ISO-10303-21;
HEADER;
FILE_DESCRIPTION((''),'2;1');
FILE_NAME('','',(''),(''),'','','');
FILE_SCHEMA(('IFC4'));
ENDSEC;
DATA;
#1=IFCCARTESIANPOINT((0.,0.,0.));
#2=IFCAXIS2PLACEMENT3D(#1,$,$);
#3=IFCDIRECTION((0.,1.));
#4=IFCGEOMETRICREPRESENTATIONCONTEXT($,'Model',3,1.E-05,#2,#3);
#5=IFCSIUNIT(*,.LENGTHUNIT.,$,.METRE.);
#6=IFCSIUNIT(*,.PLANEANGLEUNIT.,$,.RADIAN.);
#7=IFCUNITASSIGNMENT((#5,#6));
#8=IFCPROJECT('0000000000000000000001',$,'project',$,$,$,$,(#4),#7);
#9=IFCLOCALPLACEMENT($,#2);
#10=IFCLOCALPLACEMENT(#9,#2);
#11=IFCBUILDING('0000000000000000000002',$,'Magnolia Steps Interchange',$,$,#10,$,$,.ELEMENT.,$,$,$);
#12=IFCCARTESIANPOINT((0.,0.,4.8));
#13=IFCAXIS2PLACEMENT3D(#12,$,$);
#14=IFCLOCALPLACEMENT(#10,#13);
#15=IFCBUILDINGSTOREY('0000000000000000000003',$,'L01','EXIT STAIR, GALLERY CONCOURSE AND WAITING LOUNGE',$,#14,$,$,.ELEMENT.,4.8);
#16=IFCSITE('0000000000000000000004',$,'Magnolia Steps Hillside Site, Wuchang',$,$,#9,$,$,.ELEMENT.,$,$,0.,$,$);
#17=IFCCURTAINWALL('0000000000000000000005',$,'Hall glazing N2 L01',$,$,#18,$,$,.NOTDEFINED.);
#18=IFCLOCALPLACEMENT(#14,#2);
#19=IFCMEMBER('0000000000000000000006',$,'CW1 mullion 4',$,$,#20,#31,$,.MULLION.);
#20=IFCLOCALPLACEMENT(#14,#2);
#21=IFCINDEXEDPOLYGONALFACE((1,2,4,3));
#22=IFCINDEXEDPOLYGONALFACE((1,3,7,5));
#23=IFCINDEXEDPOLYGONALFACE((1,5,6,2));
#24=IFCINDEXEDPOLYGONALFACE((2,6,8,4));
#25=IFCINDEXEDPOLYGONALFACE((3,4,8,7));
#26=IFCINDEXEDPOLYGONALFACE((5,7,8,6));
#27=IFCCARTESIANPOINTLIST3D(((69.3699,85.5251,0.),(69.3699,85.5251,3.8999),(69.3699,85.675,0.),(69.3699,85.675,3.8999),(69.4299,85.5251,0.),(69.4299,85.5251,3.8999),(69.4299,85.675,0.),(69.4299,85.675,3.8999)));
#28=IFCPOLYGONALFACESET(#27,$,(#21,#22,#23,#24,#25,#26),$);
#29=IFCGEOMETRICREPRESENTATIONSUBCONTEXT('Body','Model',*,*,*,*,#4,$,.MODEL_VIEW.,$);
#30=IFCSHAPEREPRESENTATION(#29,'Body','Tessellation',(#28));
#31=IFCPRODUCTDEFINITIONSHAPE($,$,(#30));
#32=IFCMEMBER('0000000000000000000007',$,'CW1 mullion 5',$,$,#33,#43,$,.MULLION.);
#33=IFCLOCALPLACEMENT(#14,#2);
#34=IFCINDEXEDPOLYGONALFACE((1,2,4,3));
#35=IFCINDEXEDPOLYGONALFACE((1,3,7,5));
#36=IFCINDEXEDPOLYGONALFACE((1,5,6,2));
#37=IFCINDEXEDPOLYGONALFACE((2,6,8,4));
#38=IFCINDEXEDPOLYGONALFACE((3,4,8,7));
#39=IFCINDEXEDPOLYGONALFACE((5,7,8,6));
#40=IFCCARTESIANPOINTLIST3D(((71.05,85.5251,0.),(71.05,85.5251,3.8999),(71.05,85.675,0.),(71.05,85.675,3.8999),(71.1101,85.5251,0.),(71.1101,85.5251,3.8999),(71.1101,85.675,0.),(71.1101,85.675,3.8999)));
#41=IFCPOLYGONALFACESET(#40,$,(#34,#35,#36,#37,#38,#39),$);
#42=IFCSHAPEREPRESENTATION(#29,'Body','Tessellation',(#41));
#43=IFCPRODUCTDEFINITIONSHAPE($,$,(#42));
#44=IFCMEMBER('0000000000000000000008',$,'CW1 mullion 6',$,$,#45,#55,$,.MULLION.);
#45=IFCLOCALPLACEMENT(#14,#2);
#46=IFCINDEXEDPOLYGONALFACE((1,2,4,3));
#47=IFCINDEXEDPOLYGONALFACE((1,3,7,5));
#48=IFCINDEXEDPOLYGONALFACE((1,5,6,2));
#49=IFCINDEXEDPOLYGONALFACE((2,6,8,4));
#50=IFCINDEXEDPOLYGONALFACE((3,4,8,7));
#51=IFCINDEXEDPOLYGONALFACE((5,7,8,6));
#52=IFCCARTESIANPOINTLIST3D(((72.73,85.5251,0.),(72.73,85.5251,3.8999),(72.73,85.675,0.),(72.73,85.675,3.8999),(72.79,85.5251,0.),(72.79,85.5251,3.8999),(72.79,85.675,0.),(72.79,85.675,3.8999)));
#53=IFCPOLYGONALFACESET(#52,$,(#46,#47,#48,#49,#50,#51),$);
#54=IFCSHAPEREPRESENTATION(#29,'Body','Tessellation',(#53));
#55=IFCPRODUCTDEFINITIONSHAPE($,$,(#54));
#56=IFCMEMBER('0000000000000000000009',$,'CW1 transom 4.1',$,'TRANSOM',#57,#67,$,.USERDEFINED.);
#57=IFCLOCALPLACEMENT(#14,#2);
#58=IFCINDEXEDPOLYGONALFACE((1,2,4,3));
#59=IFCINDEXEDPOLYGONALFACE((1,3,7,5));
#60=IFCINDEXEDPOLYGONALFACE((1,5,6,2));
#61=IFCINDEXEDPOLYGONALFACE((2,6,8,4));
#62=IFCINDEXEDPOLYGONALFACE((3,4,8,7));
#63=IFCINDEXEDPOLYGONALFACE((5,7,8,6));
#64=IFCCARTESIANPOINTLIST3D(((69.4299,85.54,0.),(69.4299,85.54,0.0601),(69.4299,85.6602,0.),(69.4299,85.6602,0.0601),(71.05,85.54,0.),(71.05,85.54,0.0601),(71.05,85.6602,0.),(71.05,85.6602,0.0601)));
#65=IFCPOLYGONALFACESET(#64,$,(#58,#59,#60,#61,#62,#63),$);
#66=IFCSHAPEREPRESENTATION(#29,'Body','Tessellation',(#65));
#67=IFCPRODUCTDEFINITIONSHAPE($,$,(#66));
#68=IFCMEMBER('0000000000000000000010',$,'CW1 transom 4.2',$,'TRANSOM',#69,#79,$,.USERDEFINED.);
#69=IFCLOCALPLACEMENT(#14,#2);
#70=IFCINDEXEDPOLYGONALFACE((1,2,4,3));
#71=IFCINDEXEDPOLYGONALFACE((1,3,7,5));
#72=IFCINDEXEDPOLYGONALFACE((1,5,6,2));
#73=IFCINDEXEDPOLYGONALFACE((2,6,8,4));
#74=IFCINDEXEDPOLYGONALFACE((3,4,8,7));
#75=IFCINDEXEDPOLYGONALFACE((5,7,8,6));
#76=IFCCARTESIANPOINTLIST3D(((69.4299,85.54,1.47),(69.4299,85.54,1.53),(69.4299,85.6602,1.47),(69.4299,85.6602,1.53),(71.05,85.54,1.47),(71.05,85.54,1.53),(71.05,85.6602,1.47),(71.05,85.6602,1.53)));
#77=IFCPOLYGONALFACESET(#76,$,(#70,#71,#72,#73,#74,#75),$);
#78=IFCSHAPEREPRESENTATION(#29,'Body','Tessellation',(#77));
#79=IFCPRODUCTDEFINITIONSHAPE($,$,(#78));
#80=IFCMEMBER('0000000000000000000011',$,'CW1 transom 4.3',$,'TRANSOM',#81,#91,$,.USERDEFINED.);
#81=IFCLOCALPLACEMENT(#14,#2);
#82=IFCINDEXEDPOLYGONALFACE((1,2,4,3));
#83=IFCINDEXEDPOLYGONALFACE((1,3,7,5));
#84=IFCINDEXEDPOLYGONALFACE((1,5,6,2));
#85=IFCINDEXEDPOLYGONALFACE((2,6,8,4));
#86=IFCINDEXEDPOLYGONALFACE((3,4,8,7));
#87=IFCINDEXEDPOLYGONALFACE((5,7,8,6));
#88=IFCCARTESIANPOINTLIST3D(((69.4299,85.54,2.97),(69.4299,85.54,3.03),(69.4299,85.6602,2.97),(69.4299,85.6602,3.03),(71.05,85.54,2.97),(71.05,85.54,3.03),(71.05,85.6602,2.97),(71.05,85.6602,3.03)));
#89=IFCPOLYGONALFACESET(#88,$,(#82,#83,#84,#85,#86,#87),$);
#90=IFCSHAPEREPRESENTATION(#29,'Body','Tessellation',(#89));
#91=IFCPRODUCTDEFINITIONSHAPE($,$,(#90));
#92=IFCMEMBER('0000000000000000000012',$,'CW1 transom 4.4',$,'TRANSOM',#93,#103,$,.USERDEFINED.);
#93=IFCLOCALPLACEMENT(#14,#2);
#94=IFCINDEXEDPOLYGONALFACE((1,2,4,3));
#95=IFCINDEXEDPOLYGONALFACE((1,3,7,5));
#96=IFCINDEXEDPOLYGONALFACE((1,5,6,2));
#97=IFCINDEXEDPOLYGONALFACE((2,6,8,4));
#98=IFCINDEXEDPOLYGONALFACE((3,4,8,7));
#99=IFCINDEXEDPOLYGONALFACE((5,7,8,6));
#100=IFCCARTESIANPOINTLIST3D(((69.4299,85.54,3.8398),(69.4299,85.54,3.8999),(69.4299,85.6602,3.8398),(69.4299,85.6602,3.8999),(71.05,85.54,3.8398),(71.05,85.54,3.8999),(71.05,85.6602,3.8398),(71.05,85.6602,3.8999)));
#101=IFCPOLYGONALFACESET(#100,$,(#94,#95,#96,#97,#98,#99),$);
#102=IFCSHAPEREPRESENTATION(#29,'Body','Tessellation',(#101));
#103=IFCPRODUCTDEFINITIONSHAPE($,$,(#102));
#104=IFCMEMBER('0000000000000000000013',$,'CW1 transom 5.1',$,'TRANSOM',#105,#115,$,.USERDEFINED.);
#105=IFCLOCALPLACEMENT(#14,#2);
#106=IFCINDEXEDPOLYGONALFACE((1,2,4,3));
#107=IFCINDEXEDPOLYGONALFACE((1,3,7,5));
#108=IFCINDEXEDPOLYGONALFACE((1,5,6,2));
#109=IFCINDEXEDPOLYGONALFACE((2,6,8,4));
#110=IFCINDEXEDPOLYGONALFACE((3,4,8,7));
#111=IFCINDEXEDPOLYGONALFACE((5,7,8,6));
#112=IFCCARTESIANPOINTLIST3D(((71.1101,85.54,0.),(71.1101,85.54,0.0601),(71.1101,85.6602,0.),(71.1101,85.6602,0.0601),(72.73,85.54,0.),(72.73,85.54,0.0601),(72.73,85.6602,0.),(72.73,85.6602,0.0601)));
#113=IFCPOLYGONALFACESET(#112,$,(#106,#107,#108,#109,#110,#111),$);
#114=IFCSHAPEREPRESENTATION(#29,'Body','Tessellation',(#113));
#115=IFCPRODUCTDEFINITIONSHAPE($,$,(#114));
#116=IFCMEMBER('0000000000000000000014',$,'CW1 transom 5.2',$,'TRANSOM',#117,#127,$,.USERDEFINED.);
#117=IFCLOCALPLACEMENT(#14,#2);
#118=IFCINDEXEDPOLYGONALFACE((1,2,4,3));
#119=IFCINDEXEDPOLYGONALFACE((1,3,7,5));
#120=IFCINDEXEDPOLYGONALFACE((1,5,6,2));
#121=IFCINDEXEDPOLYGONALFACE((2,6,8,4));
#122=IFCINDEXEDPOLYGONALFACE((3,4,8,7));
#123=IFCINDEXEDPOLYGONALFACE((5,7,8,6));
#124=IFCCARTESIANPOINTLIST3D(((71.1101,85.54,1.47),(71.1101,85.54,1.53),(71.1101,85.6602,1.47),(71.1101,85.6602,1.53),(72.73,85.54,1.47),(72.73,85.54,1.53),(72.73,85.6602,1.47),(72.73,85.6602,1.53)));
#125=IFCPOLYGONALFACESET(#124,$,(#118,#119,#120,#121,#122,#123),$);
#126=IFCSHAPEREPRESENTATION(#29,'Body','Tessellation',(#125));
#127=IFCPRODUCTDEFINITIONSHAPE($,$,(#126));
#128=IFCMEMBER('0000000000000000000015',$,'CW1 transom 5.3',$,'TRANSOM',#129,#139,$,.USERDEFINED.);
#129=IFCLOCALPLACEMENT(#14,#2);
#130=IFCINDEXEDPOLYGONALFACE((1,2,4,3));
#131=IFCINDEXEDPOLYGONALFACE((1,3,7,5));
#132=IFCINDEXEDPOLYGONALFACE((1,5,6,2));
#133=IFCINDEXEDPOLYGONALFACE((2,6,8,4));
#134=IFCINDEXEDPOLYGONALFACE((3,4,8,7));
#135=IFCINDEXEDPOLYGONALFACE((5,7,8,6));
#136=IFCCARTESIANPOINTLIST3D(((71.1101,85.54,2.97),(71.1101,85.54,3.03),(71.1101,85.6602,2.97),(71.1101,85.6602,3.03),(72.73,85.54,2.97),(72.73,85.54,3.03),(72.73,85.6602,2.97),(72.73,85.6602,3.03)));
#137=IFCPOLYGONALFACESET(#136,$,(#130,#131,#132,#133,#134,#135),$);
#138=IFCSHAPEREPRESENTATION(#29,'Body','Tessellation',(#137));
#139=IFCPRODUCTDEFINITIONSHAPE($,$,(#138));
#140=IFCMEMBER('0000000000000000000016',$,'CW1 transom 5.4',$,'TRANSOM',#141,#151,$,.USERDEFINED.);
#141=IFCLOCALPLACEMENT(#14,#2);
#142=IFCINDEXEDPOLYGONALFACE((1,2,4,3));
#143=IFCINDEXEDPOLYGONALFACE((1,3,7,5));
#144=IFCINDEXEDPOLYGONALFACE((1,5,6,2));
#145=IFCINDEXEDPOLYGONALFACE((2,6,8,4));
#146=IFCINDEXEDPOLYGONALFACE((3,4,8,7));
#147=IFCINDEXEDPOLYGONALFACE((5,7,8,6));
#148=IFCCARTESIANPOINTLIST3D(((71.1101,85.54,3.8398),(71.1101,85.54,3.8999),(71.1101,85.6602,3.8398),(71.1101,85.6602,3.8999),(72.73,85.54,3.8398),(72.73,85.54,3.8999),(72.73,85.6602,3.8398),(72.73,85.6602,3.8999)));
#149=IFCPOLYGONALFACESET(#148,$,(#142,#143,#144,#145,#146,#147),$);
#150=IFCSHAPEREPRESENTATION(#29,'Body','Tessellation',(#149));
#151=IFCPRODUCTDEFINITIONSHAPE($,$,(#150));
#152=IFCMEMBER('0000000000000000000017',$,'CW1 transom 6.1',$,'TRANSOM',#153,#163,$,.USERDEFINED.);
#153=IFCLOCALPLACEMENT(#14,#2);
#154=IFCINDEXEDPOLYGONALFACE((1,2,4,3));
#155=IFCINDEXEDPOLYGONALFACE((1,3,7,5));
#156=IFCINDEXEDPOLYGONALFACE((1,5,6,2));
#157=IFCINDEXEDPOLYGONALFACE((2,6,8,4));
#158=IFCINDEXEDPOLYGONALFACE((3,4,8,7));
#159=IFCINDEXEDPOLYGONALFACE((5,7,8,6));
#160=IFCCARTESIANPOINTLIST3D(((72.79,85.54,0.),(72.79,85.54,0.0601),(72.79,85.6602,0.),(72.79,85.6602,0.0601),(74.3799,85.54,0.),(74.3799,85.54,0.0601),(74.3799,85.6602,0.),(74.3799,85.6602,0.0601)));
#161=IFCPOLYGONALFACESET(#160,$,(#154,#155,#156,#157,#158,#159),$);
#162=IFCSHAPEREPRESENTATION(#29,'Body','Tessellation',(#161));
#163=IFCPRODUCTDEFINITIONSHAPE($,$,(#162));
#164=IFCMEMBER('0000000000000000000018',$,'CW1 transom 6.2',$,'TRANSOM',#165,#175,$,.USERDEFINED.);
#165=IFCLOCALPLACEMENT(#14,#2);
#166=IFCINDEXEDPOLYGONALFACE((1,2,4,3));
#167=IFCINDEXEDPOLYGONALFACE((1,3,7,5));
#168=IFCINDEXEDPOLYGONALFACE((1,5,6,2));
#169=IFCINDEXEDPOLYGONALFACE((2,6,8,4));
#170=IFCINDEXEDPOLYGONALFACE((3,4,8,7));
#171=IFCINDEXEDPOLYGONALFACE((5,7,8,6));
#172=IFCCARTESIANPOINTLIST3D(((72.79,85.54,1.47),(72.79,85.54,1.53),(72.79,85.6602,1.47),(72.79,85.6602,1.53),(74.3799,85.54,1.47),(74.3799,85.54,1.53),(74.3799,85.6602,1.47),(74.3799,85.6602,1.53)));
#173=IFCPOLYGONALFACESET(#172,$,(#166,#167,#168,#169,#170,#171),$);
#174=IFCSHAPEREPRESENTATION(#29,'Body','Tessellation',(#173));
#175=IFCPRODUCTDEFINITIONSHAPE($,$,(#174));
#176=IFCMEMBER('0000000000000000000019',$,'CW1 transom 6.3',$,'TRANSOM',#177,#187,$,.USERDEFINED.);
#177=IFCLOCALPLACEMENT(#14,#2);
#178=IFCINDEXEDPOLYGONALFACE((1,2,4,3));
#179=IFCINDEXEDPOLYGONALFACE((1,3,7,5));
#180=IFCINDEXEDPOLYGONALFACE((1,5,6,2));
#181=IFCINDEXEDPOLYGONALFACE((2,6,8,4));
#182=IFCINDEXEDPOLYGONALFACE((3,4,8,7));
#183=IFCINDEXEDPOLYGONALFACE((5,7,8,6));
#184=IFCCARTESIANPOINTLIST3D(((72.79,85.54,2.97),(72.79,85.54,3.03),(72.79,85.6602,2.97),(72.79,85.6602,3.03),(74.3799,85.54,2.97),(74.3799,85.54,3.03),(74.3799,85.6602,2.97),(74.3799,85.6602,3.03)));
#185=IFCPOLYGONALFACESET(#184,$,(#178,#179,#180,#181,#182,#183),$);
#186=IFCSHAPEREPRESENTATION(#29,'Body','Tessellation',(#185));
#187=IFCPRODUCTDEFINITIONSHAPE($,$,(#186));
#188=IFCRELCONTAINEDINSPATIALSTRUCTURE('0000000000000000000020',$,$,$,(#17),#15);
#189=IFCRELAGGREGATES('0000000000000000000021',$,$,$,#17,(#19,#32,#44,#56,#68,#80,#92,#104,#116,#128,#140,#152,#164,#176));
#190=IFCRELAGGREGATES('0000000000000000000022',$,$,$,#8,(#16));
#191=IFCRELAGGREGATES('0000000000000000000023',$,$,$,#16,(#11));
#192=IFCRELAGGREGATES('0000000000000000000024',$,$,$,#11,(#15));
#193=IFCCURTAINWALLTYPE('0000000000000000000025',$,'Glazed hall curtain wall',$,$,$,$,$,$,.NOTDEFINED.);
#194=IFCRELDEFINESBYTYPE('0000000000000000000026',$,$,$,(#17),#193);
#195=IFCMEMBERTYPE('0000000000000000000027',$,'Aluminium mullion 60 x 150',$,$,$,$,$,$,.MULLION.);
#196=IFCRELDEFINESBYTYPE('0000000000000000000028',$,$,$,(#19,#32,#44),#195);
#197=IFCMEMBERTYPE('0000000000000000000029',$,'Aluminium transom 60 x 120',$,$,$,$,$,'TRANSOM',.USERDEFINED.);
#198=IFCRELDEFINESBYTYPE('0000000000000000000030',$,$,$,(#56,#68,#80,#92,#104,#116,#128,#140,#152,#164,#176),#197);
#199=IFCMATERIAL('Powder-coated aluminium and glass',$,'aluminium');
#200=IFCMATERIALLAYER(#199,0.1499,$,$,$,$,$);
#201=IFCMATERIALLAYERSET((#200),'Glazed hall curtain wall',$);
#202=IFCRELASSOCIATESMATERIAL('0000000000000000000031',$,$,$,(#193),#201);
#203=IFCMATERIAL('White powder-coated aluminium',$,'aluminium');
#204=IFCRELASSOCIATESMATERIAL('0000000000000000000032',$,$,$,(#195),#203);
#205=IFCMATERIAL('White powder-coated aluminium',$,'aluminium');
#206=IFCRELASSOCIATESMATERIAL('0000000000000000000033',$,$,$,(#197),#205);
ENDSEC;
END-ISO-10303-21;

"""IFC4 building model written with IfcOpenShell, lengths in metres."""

from ifc_helpers import new_model, si_unit, direction, frame, origin, origin_2d, place, context, subcontext, project, spatial, rectangle, extrude, material, layer, layer_set, material_profile, profile_set, type_object, element, aggregate, save


model = new_model("IFC4")

# Units and contexts
model_context = context("Model", 3, precision=1e-05, world=origin(), true_north=direction((0.0, 1.0)))
body_context = subcontext(model_context, "Body", "Model", "MODEL_VIEW")
ifc_project = project(units=[si_unit("LENGTHUNIT", "METRE"), si_unit("PLANEANGLEUNIT", "RADIAN")], contexts=[model_context])

# Site, building, storey
site_placement = place(None, origin())
site = spatial("IfcSite", under=ifc_project, at=site_placement, Name="Magnolia Steps Hillside Site, Wuchang", CompositionType="ELEMENT", RefElevation=0.0)
building_placement = place(site_placement, origin())
building = spatial("IfcBuilding", under=site, at=building_placement, Name="Magnolia Steps Interchange", CompositionType="ELEMENT")
storey_placement = place(building_placement, frame((0.0, 0.0, 4.8)))
storey = spatial("IfcBuildingStorey", under=building, at=storey_placement, Name="L01", Description="EXIT STAIR, GALLERY CONCOURSE AND WAITING LOUNGE", CompositionType="ELEMENT", Elevation=4.8)

# Curtain wall, members
ifc_material_1 = material(Name="Powder-coated aluminium and glass", Category="aluminium")
ifc_layer_1 = layer(ifc_material_1, 0.1499)
ifc_layer_set_1 = layer_set([ifc_layer_1], Name="Glazed hall curtain wall")
curtain_wall_type = type_object("IfcCurtainWallType", Name="Glazed hall curtain wall", PredefinedType="NOTDEFINED", material=ifc_layer_set_1)
curtain_wall_placement = place(storey_placement, origin())
curtain_wall = element("IfcCurtainWall", 1, at=curtain_wall_placement, inside=storey, type_object=curtain_wall_type, Name="Hall glazing N2 L01", PredefinedType="NOTDEFINED")
ifc_material_2 = material(Name="White powder-coated aluminium", Category="aluminium")
ifc_material_profile_1 = material_profile(ifc_material_2, rectangle(XDim=0.0601, YDim=0.1499, at=origin_2d()), Name="Aluminium mullion 60 x 150")
ifc_profile_set_1 = profile_set([ifc_material_profile_1], Name="White powder-coated aluminium")
member_type_1 = type_object("IfcMemberType", Name="Aluminium mullion 60 x 150", PredefinedType="MULLION", material=ifc_profile_set_1)
member_1_placement = place(storey_placement, frame((69.3999, 85.6001, 0.0), z_axis=(0.0, 0.0, 1.0), x_axis=(1.0, 0.0, 0.0)))
member_1 = element("IfcMember", 2, at=member_1_placement, type_object=member_type_1, Name="CW1 mullion 4", PredefinedType="MULLION", context=body_context, shape_type="SweptSolid", body=[
    extrude(rectangle(XDim=0.0601, YDim=0.1499, at=origin_2d()), origin(), (0.0, 0.0, 1.0), 3.8999),
])
member_2_placement = place(storey_placement, frame((71.0801, 85.6001, 0.0), z_axis=(0.0, 0.0, 1.0), x_axis=(1.0, 0.0, 0.0)))
member_2 = element("IfcMember", 3, at=member_2_placement, type_object=member_type_1, Name="CW1 mullion 5", PredefinedType="MULLION", context=body_context, shape_type="SweptSolid", body=[
    extrude(rectangle(XDim=0.0601, YDim=0.1499, at=origin_2d()), origin(), (0.0, 0.0, 1.0), 3.8999),
])
member_3_placement = place(storey_placement, frame((72.76, 85.6001, 0.0), z_axis=(0.0, 0.0, 1.0), x_axis=(1.0, 0.0, 0.0)))
member_3 = element("IfcMember", 4, at=member_3_placement, type_object=member_type_1, Name="CW1 mullion 6", PredefinedType="MULLION", context=body_context, shape_type="SweptSolid", body=[
    extrude(rectangle(XDim=0.0601, YDim=0.1499, at=origin_2d()), origin(), (0.0, 0.0, 1.0), 3.8999),
])
ifc_material_3 = material(Name="White powder-coated aluminium", Category="aluminium")
ifc_material_profile_2 = material_profile(ifc_material_3, rectangle(XDim=0.0601, YDim=0.1201, at=origin_2d()), Name="Aluminium transom 60 x 120")
ifc_profile_set_2 = profile_set([ifc_material_profile_2], Name="White powder-coated aluminium")
member_type_2 = type_object("IfcMemberType", Name="Aluminium transom 60 x 120", ElementType="TRANSOM", PredefinedType="USERDEFINED", material=ifc_profile_set_2)
member_4_placement = place(storey_placement, frame((69.4299, 85.6001, 0.03), z_axis=(1.0, 0.0, 0.0), x_axis=(0.0, 0.0, 1.0)))
member_4 = element("IfcMember", 5, at=member_4_placement, type_object=member_type_2, Name="CW1 transom 4.1", ObjectType="TRANSOM", PredefinedType="USERDEFINED", context=body_context, shape_type="SweptSolid", body=[
    extrude(rectangle(XDim=0.0601, YDim=0.1201, at=origin_2d()), origin(), (0.0, 0.0, 1.0), 1.6201),
])
member_5_placement = place(storey_placement, frame((69.4299, 85.6001, 1.5), z_axis=(1.0, 0.0, 0.0), x_axis=(0.0, 0.0, 1.0)))
member_5 = element("IfcMember", 6, at=member_5_placement, type_object=member_type_2, Name="CW1 transom 4.2", ObjectType="TRANSOM", PredefinedType="USERDEFINED", context=body_context, shape_type="SweptSolid", body=[
    extrude(rectangle(XDim=0.0601, YDim=0.1201, at=origin_2d()), origin(), (0.0, 0.0, 1.0), 1.6201),
])
member_6_placement = place(storey_placement, frame((69.4299, 85.6001, 3.0), z_axis=(1.0, 0.0, 0.0), x_axis=(0.0, 0.0, 1.0)))
member_6 = element("IfcMember", 7, at=member_6_placement, type_object=member_type_2, Name="CW1 transom 4.3", ObjectType="TRANSOM", PredefinedType="USERDEFINED", context=body_context, shape_type="SweptSolid", body=[
    extrude(rectangle(XDim=0.0601, YDim=0.1201, at=origin_2d()), origin(), (0.0, 0.0, 1.0), 1.6201),
])
member_7_placement = place(storey_placement, frame((69.4299, 85.6001, 3.8699), z_axis=(1.0, 0.0, 0.0), x_axis=(0.0, 0.0, 1.0)))
member_7 = element("IfcMember", 8, at=member_7_placement, type_object=member_type_2, Name="CW1 transom 4.4", ObjectType="TRANSOM", PredefinedType="USERDEFINED", context=body_context, shape_type="SweptSolid", body=[
    extrude(rectangle(XDim=0.0601, YDim=0.1201, at=origin_2d()), origin(), (0.0, 0.0, 1.0), 1.6201),
])
member_8_placement = place(storey_placement, frame((71.1101, 85.6001, 0.03), z_axis=(1.0, 0.0, 0.0), x_axis=(0.0, 0.0, 1.0)))
member_8 = element("IfcMember", 9, at=member_8_placement, type_object=member_type_2, Name="CW1 transom 5.1", ObjectType="TRANSOM", PredefinedType="USERDEFINED", context=body_context, shape_type="SweptSolid", body=[
    extrude(rectangle(XDim=0.0601, YDim=0.1201, at=origin_2d()), origin(), (0.0, 0.0, 1.0), 1.6199),
])
member_9_placement = place(storey_placement, frame((71.1101, 85.6001, 1.5), z_axis=(1.0, 0.0, 0.0), x_axis=(0.0, 0.0, 1.0)))
member_9 = element("IfcMember", 10, at=member_9_placement, type_object=member_type_2, Name="CW1 transom 5.2", ObjectType="TRANSOM", PredefinedType="USERDEFINED", context=body_context, shape_type="SweptSolid", body=[
    extrude(rectangle(XDim=0.0601, YDim=0.1201, at=origin_2d()), origin(), (0.0, 0.0, 1.0), 1.6199),
])
member_10_placement = place(storey_placement, frame((71.1101, 85.6001, 3.0), z_axis=(1.0, 0.0, 0.0), x_axis=(0.0, 0.0, 1.0)))
member_10 = element("IfcMember", 11, at=member_10_placement, type_object=member_type_2, Name="CW1 transom 5.3", ObjectType="TRANSOM", PredefinedType="USERDEFINED", context=body_context, shape_type="SweptSolid", body=[
    extrude(rectangle(XDim=0.0601, YDim=0.1201, at=origin_2d()), origin(), (0.0, 0.0, 1.0), 1.6199),
])
member_11_placement = place(storey_placement, frame((71.1101, 85.6001, 3.8699), z_axis=(1.0, 0.0, 0.0), x_axis=(0.0, 0.0, 1.0)))
member_11 = element("IfcMember", 12, at=member_11_placement, type_object=member_type_2, Name="CW1 transom 5.4", ObjectType="TRANSOM", PredefinedType="USERDEFINED", context=body_context, shape_type="SweptSolid", body=[
    extrude(rectangle(XDim=0.0601, YDim=0.1201, at=origin_2d()), origin(), (0.0, 0.0, 1.0), 1.6199),
])
member_12_placement = place(storey_placement, frame((72.79, 85.6001, 0.03), z_axis=(1.0, 0.0, 0.0), x_axis=(0.0, 0.0, 1.0)))
member_12 = element("IfcMember", 13, at=member_12_placement, type_object=member_type_2, Name="CW1 transom 6.1", ObjectType="TRANSOM", PredefinedType="USERDEFINED", context=body_context, shape_type="SweptSolid", body=[
    extrude(rectangle(XDim=0.0601, YDim=0.1201, at=origin_2d()), origin(), (0.0, 0.0, 1.0), 1.5898),
])
member_13_placement = place(storey_placement, frame((72.79, 85.6001, 1.5), z_axis=(1.0, 0.0, 0.0), x_axis=(0.0, 0.0, 1.0)))
member_13 = element("IfcMember", 14, at=member_13_placement, type_object=member_type_2, Name="CW1 transom 6.2", ObjectType="TRANSOM", PredefinedType="USERDEFINED", context=body_context, shape_type="SweptSolid", body=[
    extrude(rectangle(XDim=0.0601, YDim=0.1201, at=origin_2d()), origin(), (0.0, 0.0, 1.0), 1.5898),
])
member_14_placement = place(storey_placement, frame((72.79, 85.6001, 3.0), z_axis=(1.0, 0.0, 0.0), x_axis=(0.0, 0.0, 1.0)))
member_14 = element("IfcMember", 15, at=member_14_placement, type_object=member_type_2, Name="CW1 transom 6.3", ObjectType="TRANSOM", PredefinedType="USERDEFINED", context=body_context, shape_type="SweptSolid", body=[
    extrude(rectangle(XDim=0.0601, YDim=0.1201, at=origin_2d()), origin(), (0.0, 0.0, 1.0), 1.5898),
])
aggregate(curtain_wall, [member_1, member_2, member_3, member_4, member_5, member_6, member_7, member_8, member_9, member_10, member_11, member_12, member_13, member_14])

save(model, "model.ifc")
